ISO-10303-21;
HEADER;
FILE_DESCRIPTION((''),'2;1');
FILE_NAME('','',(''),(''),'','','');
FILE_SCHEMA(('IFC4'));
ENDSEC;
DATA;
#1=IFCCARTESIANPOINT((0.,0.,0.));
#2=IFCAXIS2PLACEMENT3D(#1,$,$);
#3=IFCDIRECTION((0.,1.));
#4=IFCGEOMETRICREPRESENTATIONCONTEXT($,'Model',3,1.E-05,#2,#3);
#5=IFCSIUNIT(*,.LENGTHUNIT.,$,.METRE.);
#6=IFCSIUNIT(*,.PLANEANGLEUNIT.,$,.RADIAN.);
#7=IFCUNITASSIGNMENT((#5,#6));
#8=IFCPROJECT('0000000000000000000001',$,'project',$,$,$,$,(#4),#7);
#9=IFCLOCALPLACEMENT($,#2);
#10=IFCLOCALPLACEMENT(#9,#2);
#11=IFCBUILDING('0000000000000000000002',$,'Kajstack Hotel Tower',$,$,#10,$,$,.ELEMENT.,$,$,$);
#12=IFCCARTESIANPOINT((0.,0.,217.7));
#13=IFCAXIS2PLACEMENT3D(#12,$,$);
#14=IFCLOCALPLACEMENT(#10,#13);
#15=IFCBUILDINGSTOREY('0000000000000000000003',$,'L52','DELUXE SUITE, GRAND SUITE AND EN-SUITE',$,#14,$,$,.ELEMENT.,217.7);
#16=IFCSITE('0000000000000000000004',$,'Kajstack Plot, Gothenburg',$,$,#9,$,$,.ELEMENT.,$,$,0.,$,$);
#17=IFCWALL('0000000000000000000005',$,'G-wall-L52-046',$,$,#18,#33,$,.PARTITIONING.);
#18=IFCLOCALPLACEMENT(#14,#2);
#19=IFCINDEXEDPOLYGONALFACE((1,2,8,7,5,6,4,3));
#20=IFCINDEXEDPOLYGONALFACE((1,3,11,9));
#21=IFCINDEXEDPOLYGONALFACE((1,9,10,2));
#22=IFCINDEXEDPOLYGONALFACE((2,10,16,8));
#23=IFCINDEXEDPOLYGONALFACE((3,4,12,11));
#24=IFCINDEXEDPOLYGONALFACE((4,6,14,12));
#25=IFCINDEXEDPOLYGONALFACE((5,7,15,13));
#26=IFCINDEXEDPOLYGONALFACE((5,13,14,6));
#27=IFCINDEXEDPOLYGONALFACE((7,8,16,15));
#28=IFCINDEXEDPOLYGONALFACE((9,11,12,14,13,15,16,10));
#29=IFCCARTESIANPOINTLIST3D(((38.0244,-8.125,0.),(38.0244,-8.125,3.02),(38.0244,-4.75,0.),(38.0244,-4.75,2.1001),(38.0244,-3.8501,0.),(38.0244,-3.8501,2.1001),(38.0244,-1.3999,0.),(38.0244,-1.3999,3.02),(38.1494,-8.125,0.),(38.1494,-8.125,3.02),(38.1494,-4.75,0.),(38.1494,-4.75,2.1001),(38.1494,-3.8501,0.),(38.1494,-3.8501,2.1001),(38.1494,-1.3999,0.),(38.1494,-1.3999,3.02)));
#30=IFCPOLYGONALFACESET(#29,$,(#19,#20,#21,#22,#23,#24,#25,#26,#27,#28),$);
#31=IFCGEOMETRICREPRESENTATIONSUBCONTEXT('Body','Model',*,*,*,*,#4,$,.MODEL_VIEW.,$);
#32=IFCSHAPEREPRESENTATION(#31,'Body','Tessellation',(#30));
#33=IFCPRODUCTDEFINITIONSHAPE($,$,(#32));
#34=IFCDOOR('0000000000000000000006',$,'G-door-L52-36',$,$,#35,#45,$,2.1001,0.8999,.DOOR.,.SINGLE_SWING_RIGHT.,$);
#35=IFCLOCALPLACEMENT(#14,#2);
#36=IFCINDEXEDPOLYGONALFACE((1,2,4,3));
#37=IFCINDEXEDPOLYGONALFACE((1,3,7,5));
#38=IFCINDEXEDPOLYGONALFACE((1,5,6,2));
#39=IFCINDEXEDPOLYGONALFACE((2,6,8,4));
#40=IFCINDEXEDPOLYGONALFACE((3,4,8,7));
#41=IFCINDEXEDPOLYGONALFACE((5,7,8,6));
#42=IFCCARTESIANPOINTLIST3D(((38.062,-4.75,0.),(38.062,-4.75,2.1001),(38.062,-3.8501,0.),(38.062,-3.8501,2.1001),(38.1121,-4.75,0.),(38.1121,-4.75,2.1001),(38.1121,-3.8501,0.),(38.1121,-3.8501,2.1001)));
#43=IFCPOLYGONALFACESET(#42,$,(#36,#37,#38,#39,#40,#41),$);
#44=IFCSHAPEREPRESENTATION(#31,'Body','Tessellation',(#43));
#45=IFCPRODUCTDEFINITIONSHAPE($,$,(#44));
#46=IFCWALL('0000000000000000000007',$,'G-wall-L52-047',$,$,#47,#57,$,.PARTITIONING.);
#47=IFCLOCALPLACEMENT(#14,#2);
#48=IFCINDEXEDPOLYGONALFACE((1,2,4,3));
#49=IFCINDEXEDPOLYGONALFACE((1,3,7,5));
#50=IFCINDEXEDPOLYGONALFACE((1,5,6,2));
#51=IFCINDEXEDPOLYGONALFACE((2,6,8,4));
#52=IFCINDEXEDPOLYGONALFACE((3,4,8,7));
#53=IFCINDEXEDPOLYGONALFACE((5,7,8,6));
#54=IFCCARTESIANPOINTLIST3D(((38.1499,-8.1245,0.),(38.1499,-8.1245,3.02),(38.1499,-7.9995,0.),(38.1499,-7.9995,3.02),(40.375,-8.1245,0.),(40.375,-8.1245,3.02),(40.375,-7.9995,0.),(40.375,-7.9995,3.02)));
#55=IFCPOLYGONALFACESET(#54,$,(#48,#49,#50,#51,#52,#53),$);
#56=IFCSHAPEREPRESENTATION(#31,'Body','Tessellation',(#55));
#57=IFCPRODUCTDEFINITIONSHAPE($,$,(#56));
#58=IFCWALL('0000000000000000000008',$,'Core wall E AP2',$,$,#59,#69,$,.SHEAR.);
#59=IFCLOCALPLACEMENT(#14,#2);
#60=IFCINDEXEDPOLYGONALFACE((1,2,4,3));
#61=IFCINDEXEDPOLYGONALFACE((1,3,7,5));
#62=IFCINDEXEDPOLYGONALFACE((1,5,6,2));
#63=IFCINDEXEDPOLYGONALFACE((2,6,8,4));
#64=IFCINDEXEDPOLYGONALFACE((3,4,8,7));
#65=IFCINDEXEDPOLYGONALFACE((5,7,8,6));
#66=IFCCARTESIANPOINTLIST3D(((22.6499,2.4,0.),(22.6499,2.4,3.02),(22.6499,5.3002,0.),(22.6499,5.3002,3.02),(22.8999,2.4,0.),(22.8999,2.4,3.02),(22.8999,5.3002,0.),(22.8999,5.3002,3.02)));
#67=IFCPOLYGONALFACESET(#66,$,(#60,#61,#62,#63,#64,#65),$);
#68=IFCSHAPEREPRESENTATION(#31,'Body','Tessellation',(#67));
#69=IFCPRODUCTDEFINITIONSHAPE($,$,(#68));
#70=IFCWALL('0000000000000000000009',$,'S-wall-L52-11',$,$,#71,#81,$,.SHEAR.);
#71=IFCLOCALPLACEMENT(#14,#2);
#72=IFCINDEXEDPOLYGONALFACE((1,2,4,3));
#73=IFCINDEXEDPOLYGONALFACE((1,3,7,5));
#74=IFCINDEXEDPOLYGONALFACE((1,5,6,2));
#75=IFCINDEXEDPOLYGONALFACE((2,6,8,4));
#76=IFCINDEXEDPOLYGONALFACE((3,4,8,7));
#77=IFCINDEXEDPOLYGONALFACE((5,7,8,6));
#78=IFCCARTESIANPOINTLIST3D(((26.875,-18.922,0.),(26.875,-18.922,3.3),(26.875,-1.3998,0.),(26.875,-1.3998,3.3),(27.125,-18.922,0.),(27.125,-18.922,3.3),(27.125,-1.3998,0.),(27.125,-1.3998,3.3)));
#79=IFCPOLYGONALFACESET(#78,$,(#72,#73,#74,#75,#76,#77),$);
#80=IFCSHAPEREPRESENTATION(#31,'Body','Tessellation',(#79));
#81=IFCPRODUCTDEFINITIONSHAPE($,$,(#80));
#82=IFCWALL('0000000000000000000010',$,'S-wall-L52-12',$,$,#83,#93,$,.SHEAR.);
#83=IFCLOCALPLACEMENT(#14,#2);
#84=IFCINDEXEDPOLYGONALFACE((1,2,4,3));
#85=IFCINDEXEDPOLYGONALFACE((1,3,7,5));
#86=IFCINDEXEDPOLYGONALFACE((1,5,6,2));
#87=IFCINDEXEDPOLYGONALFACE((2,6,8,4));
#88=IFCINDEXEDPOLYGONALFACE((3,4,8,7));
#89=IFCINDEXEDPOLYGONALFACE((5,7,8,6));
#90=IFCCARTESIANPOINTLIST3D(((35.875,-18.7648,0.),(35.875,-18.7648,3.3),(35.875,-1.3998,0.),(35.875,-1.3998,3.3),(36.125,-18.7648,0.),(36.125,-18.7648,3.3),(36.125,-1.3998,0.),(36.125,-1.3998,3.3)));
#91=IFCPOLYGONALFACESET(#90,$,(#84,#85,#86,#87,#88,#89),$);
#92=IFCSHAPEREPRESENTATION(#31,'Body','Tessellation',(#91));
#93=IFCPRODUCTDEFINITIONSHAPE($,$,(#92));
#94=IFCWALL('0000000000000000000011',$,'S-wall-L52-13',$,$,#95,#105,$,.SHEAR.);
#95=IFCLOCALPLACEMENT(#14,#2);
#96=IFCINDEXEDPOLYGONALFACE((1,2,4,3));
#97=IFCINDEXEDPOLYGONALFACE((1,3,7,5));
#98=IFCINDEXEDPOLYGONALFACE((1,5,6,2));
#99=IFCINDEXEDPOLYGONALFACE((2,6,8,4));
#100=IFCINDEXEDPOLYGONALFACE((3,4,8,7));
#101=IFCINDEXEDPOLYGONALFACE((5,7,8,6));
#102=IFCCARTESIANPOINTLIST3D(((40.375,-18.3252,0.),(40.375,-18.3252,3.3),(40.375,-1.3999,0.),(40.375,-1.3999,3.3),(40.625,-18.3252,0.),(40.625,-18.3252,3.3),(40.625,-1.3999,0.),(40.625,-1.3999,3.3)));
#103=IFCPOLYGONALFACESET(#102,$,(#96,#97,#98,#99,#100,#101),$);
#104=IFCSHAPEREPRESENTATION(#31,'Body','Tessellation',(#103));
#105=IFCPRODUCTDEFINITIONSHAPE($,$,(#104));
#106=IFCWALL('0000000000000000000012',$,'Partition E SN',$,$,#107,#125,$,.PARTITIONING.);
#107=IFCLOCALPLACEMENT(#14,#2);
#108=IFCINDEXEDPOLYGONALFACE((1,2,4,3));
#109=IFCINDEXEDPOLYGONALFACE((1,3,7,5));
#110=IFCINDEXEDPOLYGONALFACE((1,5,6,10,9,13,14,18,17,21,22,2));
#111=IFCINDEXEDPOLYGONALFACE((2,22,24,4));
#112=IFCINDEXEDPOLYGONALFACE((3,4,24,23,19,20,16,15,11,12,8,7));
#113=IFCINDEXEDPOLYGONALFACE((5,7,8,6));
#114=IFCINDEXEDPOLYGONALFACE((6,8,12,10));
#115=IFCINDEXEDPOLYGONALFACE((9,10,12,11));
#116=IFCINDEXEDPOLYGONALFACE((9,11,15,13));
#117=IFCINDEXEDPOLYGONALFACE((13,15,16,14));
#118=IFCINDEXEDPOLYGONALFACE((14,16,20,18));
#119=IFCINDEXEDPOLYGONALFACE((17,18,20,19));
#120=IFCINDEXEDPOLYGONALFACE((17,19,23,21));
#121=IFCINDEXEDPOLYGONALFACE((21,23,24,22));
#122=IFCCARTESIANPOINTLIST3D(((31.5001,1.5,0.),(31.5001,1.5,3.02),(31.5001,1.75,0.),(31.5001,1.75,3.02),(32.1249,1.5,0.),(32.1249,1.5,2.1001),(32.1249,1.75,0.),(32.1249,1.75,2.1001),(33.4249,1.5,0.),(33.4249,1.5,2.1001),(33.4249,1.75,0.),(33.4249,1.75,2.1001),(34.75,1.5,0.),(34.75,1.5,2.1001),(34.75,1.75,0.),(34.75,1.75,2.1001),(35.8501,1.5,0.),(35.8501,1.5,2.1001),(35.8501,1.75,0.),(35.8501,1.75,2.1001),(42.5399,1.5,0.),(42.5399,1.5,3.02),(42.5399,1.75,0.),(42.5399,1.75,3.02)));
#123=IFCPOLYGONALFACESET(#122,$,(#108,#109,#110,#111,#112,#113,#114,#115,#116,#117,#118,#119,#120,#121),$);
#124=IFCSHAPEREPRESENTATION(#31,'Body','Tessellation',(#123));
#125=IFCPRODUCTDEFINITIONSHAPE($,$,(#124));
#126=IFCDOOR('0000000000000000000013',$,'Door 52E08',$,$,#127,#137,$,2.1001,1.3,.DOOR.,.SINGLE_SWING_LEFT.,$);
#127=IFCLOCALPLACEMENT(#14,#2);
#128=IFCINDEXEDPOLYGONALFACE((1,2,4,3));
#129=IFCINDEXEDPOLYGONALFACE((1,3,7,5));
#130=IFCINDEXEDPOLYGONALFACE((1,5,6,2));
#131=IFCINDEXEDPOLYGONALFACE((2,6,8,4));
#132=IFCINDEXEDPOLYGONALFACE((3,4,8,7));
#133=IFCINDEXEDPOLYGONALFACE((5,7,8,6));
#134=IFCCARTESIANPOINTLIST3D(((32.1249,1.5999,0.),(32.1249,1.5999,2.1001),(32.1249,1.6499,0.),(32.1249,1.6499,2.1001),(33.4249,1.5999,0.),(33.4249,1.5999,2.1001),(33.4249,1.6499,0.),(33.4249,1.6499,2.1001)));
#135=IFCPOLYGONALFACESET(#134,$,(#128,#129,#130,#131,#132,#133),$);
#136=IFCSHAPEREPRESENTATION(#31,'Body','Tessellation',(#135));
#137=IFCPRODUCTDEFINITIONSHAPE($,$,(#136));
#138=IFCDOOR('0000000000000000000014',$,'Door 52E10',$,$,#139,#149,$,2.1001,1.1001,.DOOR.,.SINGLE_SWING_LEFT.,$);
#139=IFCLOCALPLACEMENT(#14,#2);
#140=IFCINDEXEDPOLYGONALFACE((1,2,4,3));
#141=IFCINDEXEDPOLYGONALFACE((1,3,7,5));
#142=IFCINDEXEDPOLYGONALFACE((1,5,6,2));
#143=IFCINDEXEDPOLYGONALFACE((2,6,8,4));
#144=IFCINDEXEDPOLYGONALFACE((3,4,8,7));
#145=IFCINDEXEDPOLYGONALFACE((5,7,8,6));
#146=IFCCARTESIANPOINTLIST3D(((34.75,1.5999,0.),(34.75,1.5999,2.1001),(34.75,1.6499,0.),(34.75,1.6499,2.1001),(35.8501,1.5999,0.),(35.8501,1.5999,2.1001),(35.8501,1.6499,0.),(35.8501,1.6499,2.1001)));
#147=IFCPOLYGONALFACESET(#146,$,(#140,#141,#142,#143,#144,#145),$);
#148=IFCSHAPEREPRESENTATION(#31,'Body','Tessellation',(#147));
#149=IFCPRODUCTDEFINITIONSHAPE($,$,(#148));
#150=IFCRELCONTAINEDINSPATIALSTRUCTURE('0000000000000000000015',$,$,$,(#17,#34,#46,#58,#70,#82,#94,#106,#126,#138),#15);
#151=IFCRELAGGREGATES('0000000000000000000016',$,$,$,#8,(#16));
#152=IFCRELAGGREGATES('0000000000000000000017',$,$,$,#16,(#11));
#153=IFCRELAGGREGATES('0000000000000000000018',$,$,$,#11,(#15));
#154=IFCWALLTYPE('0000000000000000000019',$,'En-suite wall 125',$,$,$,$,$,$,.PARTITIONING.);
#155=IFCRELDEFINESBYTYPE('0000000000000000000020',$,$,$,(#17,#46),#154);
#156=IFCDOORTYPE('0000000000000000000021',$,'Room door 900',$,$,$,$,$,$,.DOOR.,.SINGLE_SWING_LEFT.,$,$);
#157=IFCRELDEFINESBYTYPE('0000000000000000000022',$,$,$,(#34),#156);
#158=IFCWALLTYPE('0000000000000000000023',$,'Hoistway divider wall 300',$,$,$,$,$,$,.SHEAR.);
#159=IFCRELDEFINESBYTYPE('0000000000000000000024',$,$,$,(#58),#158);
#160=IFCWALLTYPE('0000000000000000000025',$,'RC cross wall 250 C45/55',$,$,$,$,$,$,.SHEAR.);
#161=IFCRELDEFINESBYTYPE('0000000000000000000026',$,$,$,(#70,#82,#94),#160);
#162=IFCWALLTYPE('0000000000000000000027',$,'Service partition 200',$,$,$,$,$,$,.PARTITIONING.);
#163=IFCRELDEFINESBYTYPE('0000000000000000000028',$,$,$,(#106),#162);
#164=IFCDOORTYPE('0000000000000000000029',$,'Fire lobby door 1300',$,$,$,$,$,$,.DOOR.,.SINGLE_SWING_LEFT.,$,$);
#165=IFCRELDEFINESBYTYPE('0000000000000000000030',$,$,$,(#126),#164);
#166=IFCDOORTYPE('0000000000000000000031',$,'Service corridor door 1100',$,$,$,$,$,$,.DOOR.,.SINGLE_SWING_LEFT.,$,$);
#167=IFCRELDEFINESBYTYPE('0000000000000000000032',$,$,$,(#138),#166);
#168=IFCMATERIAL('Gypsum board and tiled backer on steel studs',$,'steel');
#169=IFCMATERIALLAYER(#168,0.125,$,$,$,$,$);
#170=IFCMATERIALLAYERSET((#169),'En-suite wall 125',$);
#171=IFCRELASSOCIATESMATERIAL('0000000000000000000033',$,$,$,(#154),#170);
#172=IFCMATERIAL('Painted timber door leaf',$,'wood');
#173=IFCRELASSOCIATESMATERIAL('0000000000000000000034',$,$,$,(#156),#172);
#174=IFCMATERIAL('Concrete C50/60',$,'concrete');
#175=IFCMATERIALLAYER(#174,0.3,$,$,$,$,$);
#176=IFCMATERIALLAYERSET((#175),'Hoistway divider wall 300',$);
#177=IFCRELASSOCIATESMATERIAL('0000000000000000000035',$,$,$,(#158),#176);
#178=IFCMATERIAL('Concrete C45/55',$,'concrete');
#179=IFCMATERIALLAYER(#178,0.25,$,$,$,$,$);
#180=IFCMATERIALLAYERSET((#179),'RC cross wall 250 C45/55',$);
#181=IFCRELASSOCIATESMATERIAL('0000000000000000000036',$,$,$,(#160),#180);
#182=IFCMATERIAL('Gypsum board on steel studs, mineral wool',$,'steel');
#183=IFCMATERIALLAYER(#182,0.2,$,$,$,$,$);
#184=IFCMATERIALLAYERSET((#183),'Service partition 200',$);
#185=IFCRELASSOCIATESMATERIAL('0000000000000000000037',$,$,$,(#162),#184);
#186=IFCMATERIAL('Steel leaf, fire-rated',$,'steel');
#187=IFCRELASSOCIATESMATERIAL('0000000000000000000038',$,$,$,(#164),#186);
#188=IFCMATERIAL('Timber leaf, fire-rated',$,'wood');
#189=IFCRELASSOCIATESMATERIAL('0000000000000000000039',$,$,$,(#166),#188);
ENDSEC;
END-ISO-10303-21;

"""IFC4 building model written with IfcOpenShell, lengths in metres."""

from ifc_helpers import new_model, si_unit, direction, frame, frame_2d, origin, place, context, subcontext, project, spatial, rectangle, extrude, material, layer, layer_set, type_object, element, fill, save


model = new_model("IFC4")

# Units and contexts
model_context = context("Model", 3, precision=1e-05, world=origin(), true_north=direction((0.0, 1.0)))
body_context = subcontext(model_context, "Body", "Model", "MODEL_VIEW")
ifc_project = project(units=[si_unit("LENGTHUNIT", "METRE"), si_unit("PLANEANGLEUNIT", "RADIAN")], contexts=[model_context])

# Site, building, storey
site_placement = place(None, origin())
site = spatial("IfcSite", under=ifc_project, at=site_placement, Name="Kajstack Plot, Gothenburg", CompositionType="ELEMENT", RefElevation=0.0)
building_placement = place(site_placement, origin())
building = spatial("IfcBuilding", under=site, at=building_placement, Name="Kajstack Hotel Tower", CompositionType="ELEMENT")
storey_placement = place(building_placement, frame((0.0, 0.0, 217.7)))
storey = spatial("IfcBuildingStorey", under=building, at=storey_placement, Name="L52", Description="DELUXE SUITE, GRAND SUITE AND EN-SUITE", CompositionType="ELEMENT", Elevation=217.7)

# Shared definitions
ifc_material_1 = material(Name="Gypsum board and tiled backer on steel studs", Category="steel")
ifc_layer_1 = layer(ifc_material_1, 0.125)
ifc_layer_set_1 = layer_set([ifc_layer_1], Name="En-suite wall 125")
wall_type_1 = type_object("IfcWallType", Name="En-suite wall 125", PredefinedType="PARTITIONING", material=ifc_layer_set_1)
ifc_material_2 = material(Name="Painted timber door leaf", Category="wood")
door_type_1 = type_object("IfcDoorType", Name="Room door 900", OperationType="SINGLE_SWING_LEFT", PredefinedType="DOOR", material=ifc_material_2)

# Wall, opening, door
wall_1_placement = place(storey_placement, frame((38.0869, -8.125, 0.0), z_axis=(0.0, 0.0, 1.0), x_axis=(0.0, 1.0, 0.0)))
wall_1 = element("IfcWall", 1, at=wall_1_placement, inside=storey, type_object=wall_type_1, Name="G-wall-L52-046", PredefinedType="PARTITIONING", context=body_context, shape_type="SweptSolid", body=[
    extrude(rectangle(XDim=6.7251, YDim=0.125, at=frame_2d((3.3625, 0.0))), origin(), (0.0, 0.0, 1.0), 3.02),
])
opening_1_placement = place(wall_1_placement, frame((3.375, 0.0, 0.0)))
opening_1 = element("IfcOpeningElement", 2, at=opening_1_placement, cuts=wall_1, PredefinedType="OPENING", context=body_context, shape_type="SweptSolid", body=[
    extrude(rectangle(XDim=0.8999, YDim=2.1001, at=frame_2d((0.45, 1.05))), frame((0.0, 0.0725, 0.0), z_axis=(0.0, -1.0, 0.0), x_axis=(1.0, 0.0, 0.0)), (0.0, 0.0, 1.0), 0.145),
])
door_1_placement = place(opening_1_placement, origin())
door_1 = element("IfcDoor", 3, at=door_1_placement, inside=storey, type_object=door_type_1, Name="G-door-L52-36", OperationType="SINGLE_SWING_RIGHT", OverallHeight=2.1001, OverallWidth=0.8999, PredefinedType="DOOR", context=body_context, shape_type="SweptSolid", body=[
    extrude(rectangle(XDim=0.8999, YDim=2.1001, at=frame_2d((0.45, 1.05))), frame((0.0, 0.0249, 0.0), z_axis=(0.0, -1.0, 0.0), x_axis=(1.0, 0.0, 0.0)), (0.0, 0.0, 1.0), 0.05),
])
fill(opening_1, door_1)

# Walls
wall_2_placement = place(storey_placement, frame((38.1499, -8.062, 0.0), z_axis=(0.0, 0.0, 1.0), x_axis=(1.0, 0.0, 0.0)))
element("IfcWall", 4, at=wall_2_placement, inside=storey, type_object=wall_type_1, Name="G-wall-L52-047", PredefinedType="PARTITIONING", context=body_context, shape_type="SweptSolid", body=[
    extrude(rectangle(XDim=2.2251, YDim=0.125, at=frame_2d((1.1125, 0.0))), origin(), (0.0, 0.0, 1.0), 3.02),
])
ifc_material_3 = material(Name="Concrete C50/60", Category="concrete")
ifc_layer_2 = layer(ifc_material_3, 0.3)
ifc_layer_set_2 = layer_set([ifc_layer_2], Name="Hoistway divider wall 300")
wall_type_2 = type_object("IfcWallType", Name="Hoistway divider wall 300", PredefinedType="SHEAR", material=ifc_layer_set_2)
wall_3_placement = place(storey_placement, frame((22.7749, 2.3999, 0.0), z_axis=(0.0, 0.0, 1.0), x_axis=(0.0, 1.0, 0.0)))
element("IfcWall", 5, at=wall_3_placement, inside=storey, type_object=wall_type_2, Name="Core wall E AP2", PredefinedType="SHEAR", context=body_context, shape_type="SweptSolid", body=[
    extrude(rectangle(XDim=2.9001, YDim=0.25, at=frame_2d((1.4502, 0.0))), origin(), (0.0, 0.0, 1.0), 3.02),
])
ifc_material_4 = material(Name="Concrete C45/55", Category="concrete")
ifc_layer_3 = layer(ifc_material_4, 0.25)
ifc_layer_set_3 = layer_set([ifc_layer_3], Name="RC cross wall 250 C45/55")
wall_type_3 = type_object("IfcWallType", Name="RC cross wall 250 C45/55", PredefinedType="SHEAR", material=ifc_layer_set_3)
wall_4_placement = place(storey_placement, frame((27.0, -18.9221, 0.0), z_axis=(0.0, 0.0, 1.0), x_axis=(0.0, 1.0, 0.0)))
element("IfcWall", 6, at=wall_4_placement, inside=storey, type_object=wall_type_3, Name="S-wall-L52-11", PredefinedType="SHEAR", context=body_context, shape_type="SweptSolid", body=[
    extrude(rectangle(XDim=17.5222, YDim=0.25, at=frame_2d((8.7612, 0.0))), origin(), (0.0, 0.0, 1.0), 3.3),
])
wall_5_placement = place(storey_placement, frame((36.0, -18.7649, 0.0), z_axis=(0.0, 0.0, 1.0), x_axis=(0.0, 1.0, 0.0)))
element("IfcWall", 7, at=wall_5_placement, inside=storey, type_object=wall_type_3, Name="S-wall-L52-12", PredefinedType="SHEAR", context=body_context, shape_type="SweptSolid", body=[
    extrude(rectangle(XDim=17.365, YDim=0.25, at=frame_2d((8.6826, 0.0))), origin(), (0.0, 0.0, 1.0), 3.3),
])
wall_6_placement = place(storey_placement, frame((40.5, -18.3252, 0.0), z_axis=(0.0, 0.0, 1.0), x_axis=(0.0, 1.0, 0.0)))
element("IfcWall", 8, at=wall_6_placement, inside=storey, type_object=wall_type_3, Name="S-wall-L52-13", PredefinedType="SHEAR", context=body_context, shape_type="SweptSolid", body=[
    extrude(rectangle(XDim=16.9253, YDim=0.25, at=frame_2d((8.4626, 0.0))), origin(), (0.0, 0.0, 1.0), 3.3),
])

# Wall, openings, doors
ifc_material_5 = material(Name="Gypsum board on steel studs, mineral wool", Category="steel")
ifc_layer_4 = layer(ifc_material_5, 0.2)
ifc_layer_set_4 = layer_set([ifc_layer_4], Name="Service partition 200")
wall_type_4 = type_object("IfcWallType", Name="Service partition 200", PredefinedType="PARTITIONING", material=ifc_layer_set_4)
wall_7_placement = place(storey_placement, frame((31.5, 1.625, 0.0), z_axis=(0.0, 0.0, 1.0), x_axis=(1.0, 0.0, 0.0)))
wall_7 = element("IfcWall", 9, at=wall_7_placement, inside=storey, type_object=wall_type_4, Name="Partition E SN", PredefinedType="PARTITIONING", context=body_context, shape_type="SweptSolid", body=[
    extrude(rectangle(XDim=11.0398, YDim=0.25, at=frame_2d((5.52, 0.0))), origin(), (0.0, 0.0, 1.0), 3.02),
])
opening_2_placement = place(wall_7_placement, frame((0.625, 0.0, 0.0)))
opening_2 = element("IfcOpeningElement", 10, at=opening_2_placement, cuts=wall_7, PredefinedType="OPENING", context=body_context, shape_type="SweptSolid", body=[
    extrude(rectangle(XDim=1.3, YDim=2.1001, at=frame_2d((0.6499, 1.05))), frame((0.0, 0.135, 0.0), z_axis=(0.0, -1.0, 0.0), x_axis=(1.0, 0.0, 0.0)), (0.0, 0.0, 1.0), 0.27),
])
opening_3_placement = place(wall_7_placement, frame((3.25, 0.0, 0.0)))
opening_3 = element("IfcOpeningElement", 11, at=opening_3_placement, cuts=wall_7, PredefinedType="OPENING", context=body_context, shape_type="SweptSolid", body=[
    extrude(rectangle(XDim=1.1001, YDim=2.1001, at=frame_2d((0.55, 1.05))), frame((0.0, 0.135, 0.0), z_axis=(0.0, -1.0, 0.0), x_axis=(1.0, 0.0, 0.0)), (0.0, 0.0, 1.0), 0.27),
])
ifc_material_6 = material(Name="Steel leaf, fire-rated", Category="steel")
door_type_2 = type_object("IfcDoorType", Name="Fire lobby door 1300", OperationType="SINGLE_SWING_LEFT", PredefinedType="DOOR", material=ifc_material_6)
door_2_placement = place(opening_2_placement, origin())
door_2 = element("IfcDoor", 12, at=door_2_placement, inside=storey, type_object=door_type_2, Name="Door 52E08", OperationType="SINGLE_SWING_LEFT", OverallHeight=2.1001, OverallWidth=1.3, PredefinedType="DOOR", context=body_context, shape_type="SweptSolid", body=[
    extrude(rectangle(XDim=1.3, YDim=2.1001, at=frame_2d((0.6499, 1.05))), frame((0.0, 0.0249, 0.0), z_axis=(0.0, -1.0, 0.0), x_axis=(1.0, 0.0, 0.0)), (0.0, 0.0, 1.0), 0.05),
])
fill(opening_2, door_2)
ifc_material_7 = material(Name="Timber leaf, fire-rated", Category="wood")
door_type_3 = type_object("IfcDoorType", Name="Service corridor door 1100", OperationType="SINGLE_SWING_LEFT", PredefinedType="DOOR", material=ifc_material_7)
door_3_placement = place(opening_3_placement, origin())
door_3 = element("IfcDoor", 13, at=door_3_placement, inside=storey, type_object=door_type_3, Name="Door 52E10", OperationType="SINGLE_SWING_LEFT", OverallHeight=2.1001, OverallWidth=1.1001, PredefinedType="DOOR", context=body_context, shape_type="SweptSolid", body=[
    extrude(rectangle(XDim=1.1001, YDim=2.1001, at=frame_2d((0.55, 1.05))), frame((0.0, 0.0249, 0.0), z_axis=(0.0, -1.0, 0.0), x_axis=(1.0, 0.0, 0.0)), (0.0, 0.0, 1.0), 0.05),
])
fill(opening_3, door_3)

save(model, "model.ifc")
